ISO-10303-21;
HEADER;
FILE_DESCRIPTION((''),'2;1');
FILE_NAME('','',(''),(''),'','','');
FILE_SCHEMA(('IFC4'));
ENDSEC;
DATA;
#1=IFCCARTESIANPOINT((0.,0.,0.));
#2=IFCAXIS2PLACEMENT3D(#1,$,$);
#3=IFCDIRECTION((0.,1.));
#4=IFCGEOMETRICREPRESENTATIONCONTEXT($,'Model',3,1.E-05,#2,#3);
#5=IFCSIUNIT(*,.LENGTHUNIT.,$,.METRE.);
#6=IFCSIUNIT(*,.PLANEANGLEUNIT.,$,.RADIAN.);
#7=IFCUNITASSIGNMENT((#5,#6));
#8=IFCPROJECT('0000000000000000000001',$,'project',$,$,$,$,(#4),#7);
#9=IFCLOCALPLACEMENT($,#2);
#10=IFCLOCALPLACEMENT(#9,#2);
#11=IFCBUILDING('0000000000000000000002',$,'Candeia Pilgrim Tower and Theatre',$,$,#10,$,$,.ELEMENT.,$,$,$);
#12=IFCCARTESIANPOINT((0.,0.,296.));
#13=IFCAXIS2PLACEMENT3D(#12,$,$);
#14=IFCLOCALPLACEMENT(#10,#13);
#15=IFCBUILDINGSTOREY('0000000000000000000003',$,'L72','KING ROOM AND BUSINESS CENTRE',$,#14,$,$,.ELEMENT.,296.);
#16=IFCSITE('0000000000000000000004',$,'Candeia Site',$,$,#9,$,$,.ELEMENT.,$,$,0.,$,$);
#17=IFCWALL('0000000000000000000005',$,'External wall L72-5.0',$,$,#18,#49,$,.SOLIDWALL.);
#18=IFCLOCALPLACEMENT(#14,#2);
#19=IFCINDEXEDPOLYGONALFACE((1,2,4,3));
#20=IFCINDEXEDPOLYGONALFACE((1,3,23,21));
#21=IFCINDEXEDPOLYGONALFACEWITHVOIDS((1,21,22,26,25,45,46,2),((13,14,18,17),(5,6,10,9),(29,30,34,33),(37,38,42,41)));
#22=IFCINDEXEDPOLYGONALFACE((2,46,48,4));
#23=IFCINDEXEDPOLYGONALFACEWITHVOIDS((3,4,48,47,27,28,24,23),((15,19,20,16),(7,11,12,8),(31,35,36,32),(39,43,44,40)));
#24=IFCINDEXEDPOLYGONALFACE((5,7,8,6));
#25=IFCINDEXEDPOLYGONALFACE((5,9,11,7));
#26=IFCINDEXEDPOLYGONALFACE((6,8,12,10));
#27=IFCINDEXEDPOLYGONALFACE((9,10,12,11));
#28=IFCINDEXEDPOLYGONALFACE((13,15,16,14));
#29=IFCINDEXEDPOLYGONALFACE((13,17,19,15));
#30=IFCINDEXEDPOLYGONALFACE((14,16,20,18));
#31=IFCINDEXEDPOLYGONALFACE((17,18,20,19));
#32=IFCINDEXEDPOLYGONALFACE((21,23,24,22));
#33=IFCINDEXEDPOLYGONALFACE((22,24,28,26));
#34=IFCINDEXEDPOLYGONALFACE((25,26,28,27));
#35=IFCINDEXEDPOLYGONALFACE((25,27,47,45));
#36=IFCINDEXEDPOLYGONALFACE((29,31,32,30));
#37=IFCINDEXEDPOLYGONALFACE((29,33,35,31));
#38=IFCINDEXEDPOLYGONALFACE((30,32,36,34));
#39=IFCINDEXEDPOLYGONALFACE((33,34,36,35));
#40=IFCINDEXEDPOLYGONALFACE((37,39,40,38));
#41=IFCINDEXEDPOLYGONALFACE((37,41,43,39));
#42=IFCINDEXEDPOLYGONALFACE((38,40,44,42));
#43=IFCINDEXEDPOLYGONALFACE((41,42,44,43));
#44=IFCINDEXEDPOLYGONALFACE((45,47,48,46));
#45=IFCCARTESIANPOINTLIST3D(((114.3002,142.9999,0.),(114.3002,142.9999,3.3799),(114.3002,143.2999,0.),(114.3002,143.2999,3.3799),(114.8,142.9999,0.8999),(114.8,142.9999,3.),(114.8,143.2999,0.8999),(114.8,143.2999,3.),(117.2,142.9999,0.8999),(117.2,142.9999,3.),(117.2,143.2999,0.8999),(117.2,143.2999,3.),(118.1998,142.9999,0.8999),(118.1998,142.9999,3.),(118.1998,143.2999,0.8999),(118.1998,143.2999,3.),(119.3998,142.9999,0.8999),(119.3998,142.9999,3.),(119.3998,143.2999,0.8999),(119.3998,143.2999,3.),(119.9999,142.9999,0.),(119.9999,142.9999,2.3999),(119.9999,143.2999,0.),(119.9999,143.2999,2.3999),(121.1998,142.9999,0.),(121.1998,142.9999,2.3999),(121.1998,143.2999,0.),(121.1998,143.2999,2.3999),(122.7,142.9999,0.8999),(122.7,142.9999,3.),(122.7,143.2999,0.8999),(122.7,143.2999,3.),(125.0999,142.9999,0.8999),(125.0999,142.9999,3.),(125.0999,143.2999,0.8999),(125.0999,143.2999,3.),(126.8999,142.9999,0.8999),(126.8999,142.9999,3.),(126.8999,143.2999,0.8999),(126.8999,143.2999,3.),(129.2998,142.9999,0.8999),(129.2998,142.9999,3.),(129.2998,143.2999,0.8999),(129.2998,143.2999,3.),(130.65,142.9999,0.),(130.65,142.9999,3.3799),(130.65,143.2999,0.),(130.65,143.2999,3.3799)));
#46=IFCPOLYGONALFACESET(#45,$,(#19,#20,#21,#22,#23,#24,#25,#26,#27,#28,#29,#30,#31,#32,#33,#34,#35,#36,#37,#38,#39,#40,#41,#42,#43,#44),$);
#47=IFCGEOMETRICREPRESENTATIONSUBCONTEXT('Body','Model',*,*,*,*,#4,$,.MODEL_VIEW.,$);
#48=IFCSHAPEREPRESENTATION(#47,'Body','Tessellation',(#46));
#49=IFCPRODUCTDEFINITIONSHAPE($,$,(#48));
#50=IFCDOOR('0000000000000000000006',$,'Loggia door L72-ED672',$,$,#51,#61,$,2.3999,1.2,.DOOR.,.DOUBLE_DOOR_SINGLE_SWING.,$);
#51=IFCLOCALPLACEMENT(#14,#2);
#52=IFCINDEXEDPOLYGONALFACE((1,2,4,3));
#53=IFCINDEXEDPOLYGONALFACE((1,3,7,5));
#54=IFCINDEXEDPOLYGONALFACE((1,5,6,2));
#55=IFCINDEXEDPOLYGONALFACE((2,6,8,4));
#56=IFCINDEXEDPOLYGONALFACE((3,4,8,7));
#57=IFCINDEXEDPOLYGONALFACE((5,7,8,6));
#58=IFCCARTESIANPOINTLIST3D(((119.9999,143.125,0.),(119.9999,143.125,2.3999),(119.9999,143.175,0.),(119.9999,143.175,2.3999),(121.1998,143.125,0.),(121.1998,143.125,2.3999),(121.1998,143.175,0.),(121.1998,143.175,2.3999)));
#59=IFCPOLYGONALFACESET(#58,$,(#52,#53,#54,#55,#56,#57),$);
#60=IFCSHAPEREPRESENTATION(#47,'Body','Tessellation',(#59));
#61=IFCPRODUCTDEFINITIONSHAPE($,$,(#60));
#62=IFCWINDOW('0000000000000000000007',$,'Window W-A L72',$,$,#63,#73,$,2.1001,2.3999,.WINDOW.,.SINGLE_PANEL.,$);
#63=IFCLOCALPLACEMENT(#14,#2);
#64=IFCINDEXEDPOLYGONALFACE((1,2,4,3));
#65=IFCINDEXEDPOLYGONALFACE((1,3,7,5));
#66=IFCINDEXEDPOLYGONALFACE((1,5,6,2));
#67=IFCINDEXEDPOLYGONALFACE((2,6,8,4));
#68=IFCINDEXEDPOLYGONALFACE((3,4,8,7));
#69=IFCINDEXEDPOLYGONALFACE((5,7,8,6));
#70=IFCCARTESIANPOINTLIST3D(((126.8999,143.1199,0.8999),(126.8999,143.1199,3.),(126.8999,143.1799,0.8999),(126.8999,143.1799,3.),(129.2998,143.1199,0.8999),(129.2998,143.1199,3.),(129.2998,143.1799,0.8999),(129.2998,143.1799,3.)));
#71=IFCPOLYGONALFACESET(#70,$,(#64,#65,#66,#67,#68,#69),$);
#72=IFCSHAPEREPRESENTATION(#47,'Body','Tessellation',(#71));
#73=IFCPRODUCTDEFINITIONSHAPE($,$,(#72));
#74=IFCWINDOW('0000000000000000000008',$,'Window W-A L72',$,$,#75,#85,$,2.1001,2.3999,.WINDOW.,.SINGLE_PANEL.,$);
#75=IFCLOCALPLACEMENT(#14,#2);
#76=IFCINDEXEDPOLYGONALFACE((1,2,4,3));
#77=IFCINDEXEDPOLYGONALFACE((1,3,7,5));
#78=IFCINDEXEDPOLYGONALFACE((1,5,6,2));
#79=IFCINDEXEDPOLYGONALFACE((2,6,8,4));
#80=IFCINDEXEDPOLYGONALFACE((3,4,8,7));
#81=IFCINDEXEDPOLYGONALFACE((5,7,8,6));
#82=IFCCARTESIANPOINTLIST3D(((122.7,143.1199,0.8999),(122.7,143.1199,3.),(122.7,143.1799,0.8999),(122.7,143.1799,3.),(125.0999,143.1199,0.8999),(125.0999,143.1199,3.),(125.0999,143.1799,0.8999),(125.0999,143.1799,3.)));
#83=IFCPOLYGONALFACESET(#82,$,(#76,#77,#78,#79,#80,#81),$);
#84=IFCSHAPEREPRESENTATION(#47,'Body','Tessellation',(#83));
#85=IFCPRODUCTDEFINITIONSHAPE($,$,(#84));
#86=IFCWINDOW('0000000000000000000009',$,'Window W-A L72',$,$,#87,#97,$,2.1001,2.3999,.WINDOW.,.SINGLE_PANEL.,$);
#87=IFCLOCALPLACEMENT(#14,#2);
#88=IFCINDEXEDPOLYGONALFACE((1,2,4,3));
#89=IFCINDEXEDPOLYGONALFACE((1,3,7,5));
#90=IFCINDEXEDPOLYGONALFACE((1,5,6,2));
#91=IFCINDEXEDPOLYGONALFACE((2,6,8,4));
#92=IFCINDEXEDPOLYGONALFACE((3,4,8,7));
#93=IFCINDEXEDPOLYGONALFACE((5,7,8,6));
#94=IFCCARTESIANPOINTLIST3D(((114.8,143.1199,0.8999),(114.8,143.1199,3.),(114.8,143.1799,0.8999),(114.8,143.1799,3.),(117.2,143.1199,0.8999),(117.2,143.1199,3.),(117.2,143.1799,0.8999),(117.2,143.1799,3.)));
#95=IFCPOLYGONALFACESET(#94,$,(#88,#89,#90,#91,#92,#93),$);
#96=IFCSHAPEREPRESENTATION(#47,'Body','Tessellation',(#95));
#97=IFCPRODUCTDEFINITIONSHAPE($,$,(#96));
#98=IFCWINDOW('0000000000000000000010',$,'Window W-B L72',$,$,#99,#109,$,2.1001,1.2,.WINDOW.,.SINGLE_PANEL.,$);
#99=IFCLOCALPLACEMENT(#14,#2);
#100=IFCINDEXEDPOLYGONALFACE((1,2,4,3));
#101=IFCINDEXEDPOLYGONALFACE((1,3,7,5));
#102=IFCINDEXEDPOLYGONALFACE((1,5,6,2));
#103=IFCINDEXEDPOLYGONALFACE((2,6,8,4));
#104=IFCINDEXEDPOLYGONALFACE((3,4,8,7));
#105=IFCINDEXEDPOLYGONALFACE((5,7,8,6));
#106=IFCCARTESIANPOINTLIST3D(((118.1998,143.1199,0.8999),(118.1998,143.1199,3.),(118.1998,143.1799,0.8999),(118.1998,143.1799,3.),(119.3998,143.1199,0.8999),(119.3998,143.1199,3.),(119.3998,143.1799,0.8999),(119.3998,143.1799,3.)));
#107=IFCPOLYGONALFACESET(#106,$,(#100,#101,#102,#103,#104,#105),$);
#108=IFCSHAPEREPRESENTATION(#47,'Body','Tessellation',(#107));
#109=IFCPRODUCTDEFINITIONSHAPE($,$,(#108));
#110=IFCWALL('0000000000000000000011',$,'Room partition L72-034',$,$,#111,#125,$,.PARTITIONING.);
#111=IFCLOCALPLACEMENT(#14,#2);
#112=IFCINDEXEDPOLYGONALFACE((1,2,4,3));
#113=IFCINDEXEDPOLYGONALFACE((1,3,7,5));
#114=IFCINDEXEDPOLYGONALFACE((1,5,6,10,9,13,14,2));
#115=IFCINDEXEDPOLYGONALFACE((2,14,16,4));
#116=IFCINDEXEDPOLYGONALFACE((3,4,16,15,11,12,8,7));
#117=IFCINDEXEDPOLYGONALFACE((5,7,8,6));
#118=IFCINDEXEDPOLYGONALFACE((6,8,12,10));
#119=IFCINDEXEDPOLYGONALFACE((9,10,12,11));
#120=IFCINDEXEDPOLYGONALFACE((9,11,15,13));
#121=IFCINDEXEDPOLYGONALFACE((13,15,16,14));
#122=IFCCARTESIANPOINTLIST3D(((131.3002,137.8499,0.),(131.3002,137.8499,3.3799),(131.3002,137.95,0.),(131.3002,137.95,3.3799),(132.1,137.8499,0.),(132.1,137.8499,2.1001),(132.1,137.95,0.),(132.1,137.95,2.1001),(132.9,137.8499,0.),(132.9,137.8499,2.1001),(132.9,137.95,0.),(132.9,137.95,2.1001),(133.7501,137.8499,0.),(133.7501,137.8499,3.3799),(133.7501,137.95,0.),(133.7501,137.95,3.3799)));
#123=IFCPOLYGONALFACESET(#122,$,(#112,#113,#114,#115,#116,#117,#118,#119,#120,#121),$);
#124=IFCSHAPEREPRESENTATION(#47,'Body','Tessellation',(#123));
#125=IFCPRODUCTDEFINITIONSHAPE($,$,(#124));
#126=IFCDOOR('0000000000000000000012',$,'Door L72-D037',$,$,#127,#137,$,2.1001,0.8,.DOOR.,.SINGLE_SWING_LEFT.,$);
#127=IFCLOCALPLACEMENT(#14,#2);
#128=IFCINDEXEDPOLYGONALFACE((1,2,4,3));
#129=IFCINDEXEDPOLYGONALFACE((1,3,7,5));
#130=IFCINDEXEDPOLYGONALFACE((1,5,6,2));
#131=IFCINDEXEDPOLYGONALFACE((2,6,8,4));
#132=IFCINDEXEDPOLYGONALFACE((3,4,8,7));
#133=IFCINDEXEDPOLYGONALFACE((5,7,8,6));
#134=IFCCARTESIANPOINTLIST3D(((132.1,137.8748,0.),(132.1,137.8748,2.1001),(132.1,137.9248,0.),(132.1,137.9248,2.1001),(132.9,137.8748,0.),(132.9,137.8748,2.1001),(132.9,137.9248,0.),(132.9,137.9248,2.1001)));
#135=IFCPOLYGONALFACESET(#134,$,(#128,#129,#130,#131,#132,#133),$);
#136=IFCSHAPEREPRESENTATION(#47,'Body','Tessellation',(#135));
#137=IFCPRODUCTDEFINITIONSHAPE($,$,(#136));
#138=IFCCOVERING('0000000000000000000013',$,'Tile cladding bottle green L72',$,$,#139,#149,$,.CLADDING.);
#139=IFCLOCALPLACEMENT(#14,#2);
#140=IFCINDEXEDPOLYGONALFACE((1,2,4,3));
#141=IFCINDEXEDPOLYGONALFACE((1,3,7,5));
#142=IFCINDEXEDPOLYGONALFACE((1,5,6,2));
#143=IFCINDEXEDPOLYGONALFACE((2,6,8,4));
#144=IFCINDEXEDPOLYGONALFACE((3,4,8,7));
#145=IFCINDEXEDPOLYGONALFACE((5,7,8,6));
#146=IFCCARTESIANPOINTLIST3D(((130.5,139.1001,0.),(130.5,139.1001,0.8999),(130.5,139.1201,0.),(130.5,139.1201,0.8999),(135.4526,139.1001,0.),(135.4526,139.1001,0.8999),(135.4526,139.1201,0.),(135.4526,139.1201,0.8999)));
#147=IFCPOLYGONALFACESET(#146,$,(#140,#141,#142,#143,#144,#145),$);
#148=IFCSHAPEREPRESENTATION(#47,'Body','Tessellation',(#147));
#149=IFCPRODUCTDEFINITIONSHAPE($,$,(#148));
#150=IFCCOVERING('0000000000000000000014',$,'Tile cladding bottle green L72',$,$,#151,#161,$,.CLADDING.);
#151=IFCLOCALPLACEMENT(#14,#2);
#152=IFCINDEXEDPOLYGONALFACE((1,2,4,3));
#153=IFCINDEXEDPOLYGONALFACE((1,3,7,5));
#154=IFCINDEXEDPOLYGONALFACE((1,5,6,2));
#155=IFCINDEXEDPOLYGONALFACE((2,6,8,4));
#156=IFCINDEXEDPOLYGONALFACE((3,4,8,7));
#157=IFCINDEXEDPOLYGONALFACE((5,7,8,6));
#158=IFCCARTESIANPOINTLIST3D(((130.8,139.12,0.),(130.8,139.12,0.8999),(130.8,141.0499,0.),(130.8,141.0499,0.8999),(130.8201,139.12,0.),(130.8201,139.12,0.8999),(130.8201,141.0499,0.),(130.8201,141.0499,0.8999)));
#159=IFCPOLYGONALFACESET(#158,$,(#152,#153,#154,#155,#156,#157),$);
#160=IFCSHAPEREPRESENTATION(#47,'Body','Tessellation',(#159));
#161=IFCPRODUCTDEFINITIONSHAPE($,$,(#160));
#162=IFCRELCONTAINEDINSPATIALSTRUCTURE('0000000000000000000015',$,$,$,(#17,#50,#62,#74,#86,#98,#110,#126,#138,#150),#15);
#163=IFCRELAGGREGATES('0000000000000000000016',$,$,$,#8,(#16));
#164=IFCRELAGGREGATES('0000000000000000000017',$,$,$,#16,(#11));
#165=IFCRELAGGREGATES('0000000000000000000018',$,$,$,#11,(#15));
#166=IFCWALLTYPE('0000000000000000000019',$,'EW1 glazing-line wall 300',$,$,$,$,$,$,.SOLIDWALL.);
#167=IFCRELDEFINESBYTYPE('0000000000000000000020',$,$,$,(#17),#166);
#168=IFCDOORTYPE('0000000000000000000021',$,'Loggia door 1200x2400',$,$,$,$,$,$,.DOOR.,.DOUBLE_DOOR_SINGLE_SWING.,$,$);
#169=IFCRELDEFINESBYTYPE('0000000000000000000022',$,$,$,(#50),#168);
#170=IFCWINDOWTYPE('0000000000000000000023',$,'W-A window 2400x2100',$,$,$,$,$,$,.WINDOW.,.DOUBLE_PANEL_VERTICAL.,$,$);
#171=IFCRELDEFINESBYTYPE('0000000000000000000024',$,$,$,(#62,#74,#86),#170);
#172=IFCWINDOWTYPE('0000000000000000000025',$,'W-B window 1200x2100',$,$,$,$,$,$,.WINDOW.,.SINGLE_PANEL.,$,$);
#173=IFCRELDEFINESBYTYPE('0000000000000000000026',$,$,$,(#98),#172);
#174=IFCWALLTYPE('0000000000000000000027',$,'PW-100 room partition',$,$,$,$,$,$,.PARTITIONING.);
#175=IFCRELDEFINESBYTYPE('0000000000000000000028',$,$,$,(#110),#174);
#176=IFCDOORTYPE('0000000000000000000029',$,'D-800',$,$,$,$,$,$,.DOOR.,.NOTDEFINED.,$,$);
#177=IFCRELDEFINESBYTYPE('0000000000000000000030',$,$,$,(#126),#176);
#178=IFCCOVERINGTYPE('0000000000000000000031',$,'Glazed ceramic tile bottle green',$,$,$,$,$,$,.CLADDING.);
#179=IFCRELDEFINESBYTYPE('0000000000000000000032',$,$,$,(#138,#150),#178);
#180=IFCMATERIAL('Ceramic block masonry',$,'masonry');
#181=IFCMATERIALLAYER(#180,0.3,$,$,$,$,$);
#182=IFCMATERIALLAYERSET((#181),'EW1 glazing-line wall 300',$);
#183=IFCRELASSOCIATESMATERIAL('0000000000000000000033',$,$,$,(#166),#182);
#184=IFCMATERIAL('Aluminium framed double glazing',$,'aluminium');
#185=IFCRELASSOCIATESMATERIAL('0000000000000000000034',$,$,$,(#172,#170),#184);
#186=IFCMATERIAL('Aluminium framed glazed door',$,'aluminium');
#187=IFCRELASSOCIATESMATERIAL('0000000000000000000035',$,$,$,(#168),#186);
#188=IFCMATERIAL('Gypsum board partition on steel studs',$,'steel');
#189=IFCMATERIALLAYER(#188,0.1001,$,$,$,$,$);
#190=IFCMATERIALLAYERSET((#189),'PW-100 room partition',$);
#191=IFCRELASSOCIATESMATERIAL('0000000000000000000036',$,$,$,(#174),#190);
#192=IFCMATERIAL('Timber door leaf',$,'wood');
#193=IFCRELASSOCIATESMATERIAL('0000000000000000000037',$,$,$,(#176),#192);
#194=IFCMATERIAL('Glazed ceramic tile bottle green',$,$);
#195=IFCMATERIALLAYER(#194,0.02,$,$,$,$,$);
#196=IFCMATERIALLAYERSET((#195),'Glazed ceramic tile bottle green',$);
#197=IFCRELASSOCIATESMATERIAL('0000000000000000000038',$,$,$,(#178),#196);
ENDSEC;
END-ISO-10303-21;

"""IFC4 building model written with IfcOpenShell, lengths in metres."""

from ifc_helpers import new_model, si_unit, direction, frame, frame_2d, origin, origin_2d, place, context, subcontext, project, spatial, rectangle, extrude, material, layer, layer_set, type_object, element, fill, save


model = new_model("IFC4")

# Units and contexts
model_context = context("Model", 3, precision=1e-05, world=origin(), true_north=direction((0.0, 1.0)))
body_context = subcontext(model_context, "Body", "Model", "MODEL_VIEW")
ifc_project = project(units=[si_unit("LENGTHUNIT", "METRE"), si_unit("PLANEANGLEUNIT", "RADIAN")], contexts=[model_context])

# Site, building, storey
site_placement = place(None, origin())
site = spatial("IfcSite", under=ifc_project, at=site_placement, Name="Candeia Site", CompositionType="ELEMENT", RefElevation=0.0)
building_placement = place(site_placement, origin())
building = spatial("IfcBuilding", under=site, at=building_placement, Name="Candeia Pilgrim Tower and Theatre", CompositionType="ELEMENT")
storey_placement = place(building_placement, frame((0.0, 0.0, 296.0)))
storey = spatial("IfcBuildingStorey", under=building, at=storey_placement, Name="L72", Description="KING ROOM AND BUSINESS CENTRE", CompositionType="ELEMENT", Elevation=296.0)

# Shared definitions
ifc_material_1 = material(Name="Ceramic block masonry", Category="masonry")
ifc_layer_1 = layer(ifc_material_1, 0.3)
ifc_layer_set_1 = layer_set([ifc_layer_1], Name="EW1 glazing-line wall 300")
wall_type_1 = type_object("IfcWallType", Name="EW1 glazing-line wall 300", PredefinedType="SOLIDWALL", material=ifc_layer_set_1)
ifc_material_2 = material(Name="Aluminium framed double glazing", Category="aluminium")
window_type_1 = type_object("IfcWindowType", Name="W-B window 1200x2100", PartitioningType="SINGLE_PANEL", PredefinedType="WINDOW", material=ifc_material_2)

# Shared definitions
ifc_material_3 = material(Name="Aluminium framed glazed door", Category="aluminium")
door_type_1 = type_object("IfcDoorType", Name="Loggia door 1200x2400", OperationType="DOUBLE_DOOR_SINGLE_SWING", PredefinedType="DOOR", material=ifc_material_3)

# Wall, openings, door, windows
wall_1_placement = place(storey_placement, frame((130.6499, 143.1499, 0.0), z_axis=(0.0, 0.0, 1.0), x_axis=(-1.0, 0.0, 0.0)))
wall_1 = element("IfcWall", 1, at=wall_1_placement, inside=storey, type_object=wall_type_1, Name="External wall L72-5.0", PredefinedType="SOLIDWALL", context=body_context, shape_type="SweptSolid", body=[
    extrude(rectangle(XDim=16.3499, YDim=0.3, at=frame_2d((8.1748, 0.0))), origin(), (0.0, 0.0, 1.0), 3.3799),
])
opening_1_placement = place(wall_1_placement, frame((1.3501, 0.0, 0.8999)))
opening_1 = element("IfcOpeningElement", 2, at=opening_1_placement, cuts=wall_1, PredefinedType="OPENING", context=body_context, shape_type="SweptSolid", body=[
    extrude(rectangle(XDim=2.3999, YDim=2.1001, at=frame_2d((1.2, 1.05))), frame((0.0, 0.1602, 0.0), z_axis=(0.0, -1.0, 0.0), x_axis=(1.0, 0.0, 0.0)), (0.0, 0.0, 1.0), 0.3201),
])
opening_2_placement = place(wall_1_placement, frame((5.55, 0.0, 0.8999)))
opening_2 = element("IfcOpeningElement", 3, at=opening_2_placement, cuts=wall_1, PredefinedType="OPENING", context=body_context, shape_type="SweptSolid", body=[
    extrude(rectangle(XDim=2.3999, YDim=2.1001, at=frame_2d((1.2, 1.05))), frame((0.0, 0.1602, 0.0), z_axis=(0.0, -1.0, 0.0), x_axis=(1.0, 0.0, 0.0)), (0.0, 0.0, 1.0), 0.3201),
])
opening_3_placement = place(wall_1_placement, frame((9.45, 0.0, 0.0)))
opening_3 = element("IfcOpeningElement", 4, at=opening_3_placement, cuts=wall_1, PredefinedType="OPENING", context=body_context, shape_type="SweptSolid", body=[
    extrude(rectangle(XDim=1.2, YDim=2.3999, at=frame_2d((0.6001, 1.2))), frame((0.0, 0.1602, 0.0), z_axis=(0.0, -1.0, 0.0), x_axis=(1.0, 0.0, 0.0)), (0.0, 0.0, 1.0), 0.3201),
])
opening_4_placement = place(wall_1_placement, frame((11.25, 0.0, 0.8999)))
opening_4 = element("IfcOpeningElement", 5, at=opening_4_placement, cuts=wall_1, PredefinedType="OPENING", context=body_context, shape_type="SweptSolid", body=[
    extrude(rectangle(XDim=1.2, YDim=2.1001, at=frame_2d((0.6001, 1.05))), frame((0.0, 0.1602, 0.0), z_axis=(0.0, -1.0, 0.0), x_axis=(1.0, 0.0, 0.0)), (0.0, 0.0, 1.0), 0.3201),
])
opening_5_placement = place(wall_1_placement, frame((13.45, 0.0, 0.8999)))
opening_5 = element("IfcOpeningElement", 6, at=opening_5_placement, cuts=wall_1, PredefinedType="OPENING", context=body_context, shape_type="SweptSolid", body=[
    extrude(rectangle(XDim=2.3999, YDim=2.1001, at=frame_2d((1.2, 1.05))), frame((0.0, 0.1602, 0.0), z_axis=(0.0, -1.0, 0.0), x_axis=(1.0, 0.0, 0.0)), (0.0, 0.0, 1.0), 0.3201),
])
door_1_placement = place(opening_3_placement, origin())
door_1 = element("IfcDoor", 7, at=door_1_placement, inside=storey, type_object=door_type_1, Name="Loggia door L72-ED672", OperationType="DOUBLE_DOOR_SINGLE_SWING", OverallHeight=2.3999, OverallWidth=1.2, PredefinedType="DOOR", context=body_context, shape_type="SweptSolid", body=[
    extrude(rectangle(XDim=1.2, YDim=2.3999, at=frame_2d((0.6001, 1.2))), frame((0.0, 0.0249, 0.0), z_axis=(0.0, -1.0, 0.0), x_axis=(1.0, 0.0, 0.0)), (0.0, 0.0, 1.0), 0.05),
])
fill(opening_3, door_1)
window_type_2 = type_object("IfcWindowType", Name="W-A window 2400x2100", PartitioningType="DOUBLE_PANEL_VERTICAL", PredefinedType="WINDOW", material=ifc_material_2)
window_1_placement = place(opening_1_placement, origin())
window_1 = element("IfcWindow", 8, at=window_1_placement, inside=storey, type_object=window_type_2, Name="Window W-A L72", OverallHeight=2.1001, OverallWidth=2.3999, PartitioningType="SINGLE_PANEL", PredefinedType="WINDOW", context=body_context, shape_type="SweptSolid", body=[
    extrude(rectangle(XDim=2.3999, YDim=2.1001, at=frame_2d((1.2, 1.05))), frame((0.0, 0.03, 0.0), z_axis=(0.0, -1.0, 0.0), x_axis=(1.0, 0.0, 0.0)), (0.0, 0.0, 1.0), 0.0601),
])
fill(opening_1, window_1)
window_2_placement = place(opening_2_placement, origin())
window_2 = element("IfcWindow", 9, at=window_2_placement, inside=storey, type_object=window_type_2, Name="Window W-A L72", OverallHeight=2.1001, OverallWidth=2.3999, PartitioningType="SINGLE_PANEL", PredefinedType="WINDOW", context=body_context, shape_type="SweptSolid", body=[
    extrude(rectangle(XDim=2.3999, YDim=2.1001, at=frame_2d((1.2, 1.05))), frame((0.0, 0.03, 0.0), z_axis=(0.0, -1.0, 0.0), x_axis=(1.0, 0.0, 0.0)), (0.0, 0.0, 1.0), 0.0601),
])
fill(opening_2, window_2)
window_3_placement = place(opening_5_placement, origin())
window_3 = element("IfcWindow", 10, at=window_3_placement, inside=storey, type_object=window_type_2, Name="Window W-A L72", OverallHeight=2.1001, OverallWidth=2.3999, PartitioningType="SINGLE_PANEL", PredefinedType="WINDOW", context=body_context, shape_type="SweptSolid", body=[
    extrude(rectangle(XDim=2.3999, YDim=2.1001, at=frame_2d((1.2, 1.05))), frame((0.0, 0.03, 0.0), z_axis=(0.0, -1.0, 0.0), x_axis=(1.0, 0.0, 0.0)), (0.0, 0.0, 1.0), 0.0601),
])
fill(opening_5, window_3)
window_4_placement = place(opening_4_placement, origin())
window_4 = element("IfcWindow", 11, at=window_4_placement, inside=storey, type_object=window_type_1, Name="Window W-B L72", OverallHeight=2.1001, OverallWidth=1.2, PartitioningType="SINGLE_PANEL", PredefinedType="WINDOW", context=body_context, shape_type="SweptSolid", body=[
    extrude(rectangle(XDim=1.2, YDim=2.1001, at=frame_2d((0.6001, 1.05))), frame((0.0, 0.03, 0.0), z_axis=(0.0, -1.0, 0.0), x_axis=(1.0, 0.0, 0.0)), (0.0, 0.0, 1.0), 0.0601),
])
fill(opening_4, window_4)

# Wall, opening, door
ifc_material_4 = material(Name="Gypsum board partition on steel studs", Category="steel")
ifc_layer_2 = layer(ifc_material_4, 0.1001)
ifc_layer_set_2 = layer_set([ifc_layer_2], Name="PW-100 room partition")
wall_type_2 = type_object("IfcWallType", Name="PW-100 room partition", PredefinedType="PARTITIONING", material=ifc_layer_set_2)
wall_2_placement = place(storey_placement, frame((131.3, 137.8999, 0.0), z_axis=(0.0, 0.0, 1.0), x_axis=(1.0, 0.0, 0.0)))
wall_2 = element("IfcWall", 12, at=wall_2_placement, inside=storey, type_object=wall_type_2, Name="Room partition L72-034", PredefinedType="PARTITIONING", context=body_context, shape_type="SweptSolid", body=[
    extrude(rectangle(XDim=2.45, YDim=0.1001, at=frame_2d((1.2251, 0.0))), origin(), (0.0, 0.0, 1.0), 3.3799),
])
opening_6_placement = place(wall_2_placement, frame((0.8, 0.0, 0.0)))
opening_6 = element("IfcOpeningElement", 13, at=opening_6_placement, cuts=wall_2, PredefinedType="OPENING", context=body_context, shape_type="SweptSolid", body=[
    extrude(rectangle(XDim=0.8, YDim=2.1001, at=frame_2d((0.3999, 1.05))), frame((0.0, 0.0601, 0.0), z_axis=(0.0, -1.0, 0.0), x_axis=(1.0, 0.0, 0.0)), (0.0, 0.0, 1.0), 0.1201),
])
ifc_material_5 = material(Name="Timber door leaf", Category="wood")
door_type_2 = type_object("IfcDoorType", Name="D-800", OperationType="NOTDEFINED", PredefinedType="DOOR", material=ifc_material_5)
door_2_placement = place(opening_6_placement, origin())
door_2 = element("IfcDoor", 14, at=door_2_placement, inside=storey, type_object=door_type_2, Name="Door L72-D037", OperationType="SINGLE_SWING_LEFT", OverallHeight=2.1001, OverallWidth=0.8, PredefinedType="DOOR", context=body_context, shape_type="SweptSolid", body=[
    extrude(rectangle(XDim=0.8, YDim=2.1001, at=frame_2d((0.3999, 1.05))), frame((0.0, 0.0249, 0.0), z_axis=(0.0, -1.0, 0.0), x_axis=(1.0, 0.0, 0.0)), (0.0, 0.0, 1.0), 0.05),
])
fill(opening_6, door_2)

# Coverings
ifc_material_6 = material(Name="Glazed ceramic tile bottle green")
ifc_layer_3 = layer(ifc_material_6, 0.02)
ifc_layer_set_3 = layer_set([ifc_layer_3], Name="Glazed ceramic tile bottle green")
covering_type = type_object("IfcCoveringType", Name="Glazed ceramic tile bottle green", PredefinedType="CLADDING", material=ifc_layer_set_3)
covering_1_placement = place(storey_placement, frame((132.9763, 139.1101, 0.0), z_axis=(0.0, 0.0, 1.0), x_axis=(-1.0, 0.0, 0.0)))
element("IfcCovering", 15, at=covering_1_placement, inside=storey, type_object=covering_type, Name="Tile cladding bottle green L72", PredefinedType="CLADDING", context=body_context, shape_type="SweptSolid", body=[
    extrude(rectangle(XDim=4.9526, YDim=0.02, at=origin_2d()), origin(), (0.0, 0.0, 1.0), 0.8999),
])
covering_2_placement = place(storey_placement, frame((130.8101, 140.085, 0.0), z_axis=(0.0, 0.0, 1.0), x_axis=(0.0, 1.0, 0.0)))
element("IfcCovering", 16, at=covering_2_placement, inside=storey, type_object=covering_type, Name="Tile cladding bottle green L72", PredefinedType="CLADDING", context=body_context, shape_type="SweptSolid", body=[
    extrude(rectangle(XDim=1.9299, YDim=0.02, at=origin_2d()), origin(), (0.0, 0.0, 1.0), 0.8999),
])

save(model, "model.ifc")
